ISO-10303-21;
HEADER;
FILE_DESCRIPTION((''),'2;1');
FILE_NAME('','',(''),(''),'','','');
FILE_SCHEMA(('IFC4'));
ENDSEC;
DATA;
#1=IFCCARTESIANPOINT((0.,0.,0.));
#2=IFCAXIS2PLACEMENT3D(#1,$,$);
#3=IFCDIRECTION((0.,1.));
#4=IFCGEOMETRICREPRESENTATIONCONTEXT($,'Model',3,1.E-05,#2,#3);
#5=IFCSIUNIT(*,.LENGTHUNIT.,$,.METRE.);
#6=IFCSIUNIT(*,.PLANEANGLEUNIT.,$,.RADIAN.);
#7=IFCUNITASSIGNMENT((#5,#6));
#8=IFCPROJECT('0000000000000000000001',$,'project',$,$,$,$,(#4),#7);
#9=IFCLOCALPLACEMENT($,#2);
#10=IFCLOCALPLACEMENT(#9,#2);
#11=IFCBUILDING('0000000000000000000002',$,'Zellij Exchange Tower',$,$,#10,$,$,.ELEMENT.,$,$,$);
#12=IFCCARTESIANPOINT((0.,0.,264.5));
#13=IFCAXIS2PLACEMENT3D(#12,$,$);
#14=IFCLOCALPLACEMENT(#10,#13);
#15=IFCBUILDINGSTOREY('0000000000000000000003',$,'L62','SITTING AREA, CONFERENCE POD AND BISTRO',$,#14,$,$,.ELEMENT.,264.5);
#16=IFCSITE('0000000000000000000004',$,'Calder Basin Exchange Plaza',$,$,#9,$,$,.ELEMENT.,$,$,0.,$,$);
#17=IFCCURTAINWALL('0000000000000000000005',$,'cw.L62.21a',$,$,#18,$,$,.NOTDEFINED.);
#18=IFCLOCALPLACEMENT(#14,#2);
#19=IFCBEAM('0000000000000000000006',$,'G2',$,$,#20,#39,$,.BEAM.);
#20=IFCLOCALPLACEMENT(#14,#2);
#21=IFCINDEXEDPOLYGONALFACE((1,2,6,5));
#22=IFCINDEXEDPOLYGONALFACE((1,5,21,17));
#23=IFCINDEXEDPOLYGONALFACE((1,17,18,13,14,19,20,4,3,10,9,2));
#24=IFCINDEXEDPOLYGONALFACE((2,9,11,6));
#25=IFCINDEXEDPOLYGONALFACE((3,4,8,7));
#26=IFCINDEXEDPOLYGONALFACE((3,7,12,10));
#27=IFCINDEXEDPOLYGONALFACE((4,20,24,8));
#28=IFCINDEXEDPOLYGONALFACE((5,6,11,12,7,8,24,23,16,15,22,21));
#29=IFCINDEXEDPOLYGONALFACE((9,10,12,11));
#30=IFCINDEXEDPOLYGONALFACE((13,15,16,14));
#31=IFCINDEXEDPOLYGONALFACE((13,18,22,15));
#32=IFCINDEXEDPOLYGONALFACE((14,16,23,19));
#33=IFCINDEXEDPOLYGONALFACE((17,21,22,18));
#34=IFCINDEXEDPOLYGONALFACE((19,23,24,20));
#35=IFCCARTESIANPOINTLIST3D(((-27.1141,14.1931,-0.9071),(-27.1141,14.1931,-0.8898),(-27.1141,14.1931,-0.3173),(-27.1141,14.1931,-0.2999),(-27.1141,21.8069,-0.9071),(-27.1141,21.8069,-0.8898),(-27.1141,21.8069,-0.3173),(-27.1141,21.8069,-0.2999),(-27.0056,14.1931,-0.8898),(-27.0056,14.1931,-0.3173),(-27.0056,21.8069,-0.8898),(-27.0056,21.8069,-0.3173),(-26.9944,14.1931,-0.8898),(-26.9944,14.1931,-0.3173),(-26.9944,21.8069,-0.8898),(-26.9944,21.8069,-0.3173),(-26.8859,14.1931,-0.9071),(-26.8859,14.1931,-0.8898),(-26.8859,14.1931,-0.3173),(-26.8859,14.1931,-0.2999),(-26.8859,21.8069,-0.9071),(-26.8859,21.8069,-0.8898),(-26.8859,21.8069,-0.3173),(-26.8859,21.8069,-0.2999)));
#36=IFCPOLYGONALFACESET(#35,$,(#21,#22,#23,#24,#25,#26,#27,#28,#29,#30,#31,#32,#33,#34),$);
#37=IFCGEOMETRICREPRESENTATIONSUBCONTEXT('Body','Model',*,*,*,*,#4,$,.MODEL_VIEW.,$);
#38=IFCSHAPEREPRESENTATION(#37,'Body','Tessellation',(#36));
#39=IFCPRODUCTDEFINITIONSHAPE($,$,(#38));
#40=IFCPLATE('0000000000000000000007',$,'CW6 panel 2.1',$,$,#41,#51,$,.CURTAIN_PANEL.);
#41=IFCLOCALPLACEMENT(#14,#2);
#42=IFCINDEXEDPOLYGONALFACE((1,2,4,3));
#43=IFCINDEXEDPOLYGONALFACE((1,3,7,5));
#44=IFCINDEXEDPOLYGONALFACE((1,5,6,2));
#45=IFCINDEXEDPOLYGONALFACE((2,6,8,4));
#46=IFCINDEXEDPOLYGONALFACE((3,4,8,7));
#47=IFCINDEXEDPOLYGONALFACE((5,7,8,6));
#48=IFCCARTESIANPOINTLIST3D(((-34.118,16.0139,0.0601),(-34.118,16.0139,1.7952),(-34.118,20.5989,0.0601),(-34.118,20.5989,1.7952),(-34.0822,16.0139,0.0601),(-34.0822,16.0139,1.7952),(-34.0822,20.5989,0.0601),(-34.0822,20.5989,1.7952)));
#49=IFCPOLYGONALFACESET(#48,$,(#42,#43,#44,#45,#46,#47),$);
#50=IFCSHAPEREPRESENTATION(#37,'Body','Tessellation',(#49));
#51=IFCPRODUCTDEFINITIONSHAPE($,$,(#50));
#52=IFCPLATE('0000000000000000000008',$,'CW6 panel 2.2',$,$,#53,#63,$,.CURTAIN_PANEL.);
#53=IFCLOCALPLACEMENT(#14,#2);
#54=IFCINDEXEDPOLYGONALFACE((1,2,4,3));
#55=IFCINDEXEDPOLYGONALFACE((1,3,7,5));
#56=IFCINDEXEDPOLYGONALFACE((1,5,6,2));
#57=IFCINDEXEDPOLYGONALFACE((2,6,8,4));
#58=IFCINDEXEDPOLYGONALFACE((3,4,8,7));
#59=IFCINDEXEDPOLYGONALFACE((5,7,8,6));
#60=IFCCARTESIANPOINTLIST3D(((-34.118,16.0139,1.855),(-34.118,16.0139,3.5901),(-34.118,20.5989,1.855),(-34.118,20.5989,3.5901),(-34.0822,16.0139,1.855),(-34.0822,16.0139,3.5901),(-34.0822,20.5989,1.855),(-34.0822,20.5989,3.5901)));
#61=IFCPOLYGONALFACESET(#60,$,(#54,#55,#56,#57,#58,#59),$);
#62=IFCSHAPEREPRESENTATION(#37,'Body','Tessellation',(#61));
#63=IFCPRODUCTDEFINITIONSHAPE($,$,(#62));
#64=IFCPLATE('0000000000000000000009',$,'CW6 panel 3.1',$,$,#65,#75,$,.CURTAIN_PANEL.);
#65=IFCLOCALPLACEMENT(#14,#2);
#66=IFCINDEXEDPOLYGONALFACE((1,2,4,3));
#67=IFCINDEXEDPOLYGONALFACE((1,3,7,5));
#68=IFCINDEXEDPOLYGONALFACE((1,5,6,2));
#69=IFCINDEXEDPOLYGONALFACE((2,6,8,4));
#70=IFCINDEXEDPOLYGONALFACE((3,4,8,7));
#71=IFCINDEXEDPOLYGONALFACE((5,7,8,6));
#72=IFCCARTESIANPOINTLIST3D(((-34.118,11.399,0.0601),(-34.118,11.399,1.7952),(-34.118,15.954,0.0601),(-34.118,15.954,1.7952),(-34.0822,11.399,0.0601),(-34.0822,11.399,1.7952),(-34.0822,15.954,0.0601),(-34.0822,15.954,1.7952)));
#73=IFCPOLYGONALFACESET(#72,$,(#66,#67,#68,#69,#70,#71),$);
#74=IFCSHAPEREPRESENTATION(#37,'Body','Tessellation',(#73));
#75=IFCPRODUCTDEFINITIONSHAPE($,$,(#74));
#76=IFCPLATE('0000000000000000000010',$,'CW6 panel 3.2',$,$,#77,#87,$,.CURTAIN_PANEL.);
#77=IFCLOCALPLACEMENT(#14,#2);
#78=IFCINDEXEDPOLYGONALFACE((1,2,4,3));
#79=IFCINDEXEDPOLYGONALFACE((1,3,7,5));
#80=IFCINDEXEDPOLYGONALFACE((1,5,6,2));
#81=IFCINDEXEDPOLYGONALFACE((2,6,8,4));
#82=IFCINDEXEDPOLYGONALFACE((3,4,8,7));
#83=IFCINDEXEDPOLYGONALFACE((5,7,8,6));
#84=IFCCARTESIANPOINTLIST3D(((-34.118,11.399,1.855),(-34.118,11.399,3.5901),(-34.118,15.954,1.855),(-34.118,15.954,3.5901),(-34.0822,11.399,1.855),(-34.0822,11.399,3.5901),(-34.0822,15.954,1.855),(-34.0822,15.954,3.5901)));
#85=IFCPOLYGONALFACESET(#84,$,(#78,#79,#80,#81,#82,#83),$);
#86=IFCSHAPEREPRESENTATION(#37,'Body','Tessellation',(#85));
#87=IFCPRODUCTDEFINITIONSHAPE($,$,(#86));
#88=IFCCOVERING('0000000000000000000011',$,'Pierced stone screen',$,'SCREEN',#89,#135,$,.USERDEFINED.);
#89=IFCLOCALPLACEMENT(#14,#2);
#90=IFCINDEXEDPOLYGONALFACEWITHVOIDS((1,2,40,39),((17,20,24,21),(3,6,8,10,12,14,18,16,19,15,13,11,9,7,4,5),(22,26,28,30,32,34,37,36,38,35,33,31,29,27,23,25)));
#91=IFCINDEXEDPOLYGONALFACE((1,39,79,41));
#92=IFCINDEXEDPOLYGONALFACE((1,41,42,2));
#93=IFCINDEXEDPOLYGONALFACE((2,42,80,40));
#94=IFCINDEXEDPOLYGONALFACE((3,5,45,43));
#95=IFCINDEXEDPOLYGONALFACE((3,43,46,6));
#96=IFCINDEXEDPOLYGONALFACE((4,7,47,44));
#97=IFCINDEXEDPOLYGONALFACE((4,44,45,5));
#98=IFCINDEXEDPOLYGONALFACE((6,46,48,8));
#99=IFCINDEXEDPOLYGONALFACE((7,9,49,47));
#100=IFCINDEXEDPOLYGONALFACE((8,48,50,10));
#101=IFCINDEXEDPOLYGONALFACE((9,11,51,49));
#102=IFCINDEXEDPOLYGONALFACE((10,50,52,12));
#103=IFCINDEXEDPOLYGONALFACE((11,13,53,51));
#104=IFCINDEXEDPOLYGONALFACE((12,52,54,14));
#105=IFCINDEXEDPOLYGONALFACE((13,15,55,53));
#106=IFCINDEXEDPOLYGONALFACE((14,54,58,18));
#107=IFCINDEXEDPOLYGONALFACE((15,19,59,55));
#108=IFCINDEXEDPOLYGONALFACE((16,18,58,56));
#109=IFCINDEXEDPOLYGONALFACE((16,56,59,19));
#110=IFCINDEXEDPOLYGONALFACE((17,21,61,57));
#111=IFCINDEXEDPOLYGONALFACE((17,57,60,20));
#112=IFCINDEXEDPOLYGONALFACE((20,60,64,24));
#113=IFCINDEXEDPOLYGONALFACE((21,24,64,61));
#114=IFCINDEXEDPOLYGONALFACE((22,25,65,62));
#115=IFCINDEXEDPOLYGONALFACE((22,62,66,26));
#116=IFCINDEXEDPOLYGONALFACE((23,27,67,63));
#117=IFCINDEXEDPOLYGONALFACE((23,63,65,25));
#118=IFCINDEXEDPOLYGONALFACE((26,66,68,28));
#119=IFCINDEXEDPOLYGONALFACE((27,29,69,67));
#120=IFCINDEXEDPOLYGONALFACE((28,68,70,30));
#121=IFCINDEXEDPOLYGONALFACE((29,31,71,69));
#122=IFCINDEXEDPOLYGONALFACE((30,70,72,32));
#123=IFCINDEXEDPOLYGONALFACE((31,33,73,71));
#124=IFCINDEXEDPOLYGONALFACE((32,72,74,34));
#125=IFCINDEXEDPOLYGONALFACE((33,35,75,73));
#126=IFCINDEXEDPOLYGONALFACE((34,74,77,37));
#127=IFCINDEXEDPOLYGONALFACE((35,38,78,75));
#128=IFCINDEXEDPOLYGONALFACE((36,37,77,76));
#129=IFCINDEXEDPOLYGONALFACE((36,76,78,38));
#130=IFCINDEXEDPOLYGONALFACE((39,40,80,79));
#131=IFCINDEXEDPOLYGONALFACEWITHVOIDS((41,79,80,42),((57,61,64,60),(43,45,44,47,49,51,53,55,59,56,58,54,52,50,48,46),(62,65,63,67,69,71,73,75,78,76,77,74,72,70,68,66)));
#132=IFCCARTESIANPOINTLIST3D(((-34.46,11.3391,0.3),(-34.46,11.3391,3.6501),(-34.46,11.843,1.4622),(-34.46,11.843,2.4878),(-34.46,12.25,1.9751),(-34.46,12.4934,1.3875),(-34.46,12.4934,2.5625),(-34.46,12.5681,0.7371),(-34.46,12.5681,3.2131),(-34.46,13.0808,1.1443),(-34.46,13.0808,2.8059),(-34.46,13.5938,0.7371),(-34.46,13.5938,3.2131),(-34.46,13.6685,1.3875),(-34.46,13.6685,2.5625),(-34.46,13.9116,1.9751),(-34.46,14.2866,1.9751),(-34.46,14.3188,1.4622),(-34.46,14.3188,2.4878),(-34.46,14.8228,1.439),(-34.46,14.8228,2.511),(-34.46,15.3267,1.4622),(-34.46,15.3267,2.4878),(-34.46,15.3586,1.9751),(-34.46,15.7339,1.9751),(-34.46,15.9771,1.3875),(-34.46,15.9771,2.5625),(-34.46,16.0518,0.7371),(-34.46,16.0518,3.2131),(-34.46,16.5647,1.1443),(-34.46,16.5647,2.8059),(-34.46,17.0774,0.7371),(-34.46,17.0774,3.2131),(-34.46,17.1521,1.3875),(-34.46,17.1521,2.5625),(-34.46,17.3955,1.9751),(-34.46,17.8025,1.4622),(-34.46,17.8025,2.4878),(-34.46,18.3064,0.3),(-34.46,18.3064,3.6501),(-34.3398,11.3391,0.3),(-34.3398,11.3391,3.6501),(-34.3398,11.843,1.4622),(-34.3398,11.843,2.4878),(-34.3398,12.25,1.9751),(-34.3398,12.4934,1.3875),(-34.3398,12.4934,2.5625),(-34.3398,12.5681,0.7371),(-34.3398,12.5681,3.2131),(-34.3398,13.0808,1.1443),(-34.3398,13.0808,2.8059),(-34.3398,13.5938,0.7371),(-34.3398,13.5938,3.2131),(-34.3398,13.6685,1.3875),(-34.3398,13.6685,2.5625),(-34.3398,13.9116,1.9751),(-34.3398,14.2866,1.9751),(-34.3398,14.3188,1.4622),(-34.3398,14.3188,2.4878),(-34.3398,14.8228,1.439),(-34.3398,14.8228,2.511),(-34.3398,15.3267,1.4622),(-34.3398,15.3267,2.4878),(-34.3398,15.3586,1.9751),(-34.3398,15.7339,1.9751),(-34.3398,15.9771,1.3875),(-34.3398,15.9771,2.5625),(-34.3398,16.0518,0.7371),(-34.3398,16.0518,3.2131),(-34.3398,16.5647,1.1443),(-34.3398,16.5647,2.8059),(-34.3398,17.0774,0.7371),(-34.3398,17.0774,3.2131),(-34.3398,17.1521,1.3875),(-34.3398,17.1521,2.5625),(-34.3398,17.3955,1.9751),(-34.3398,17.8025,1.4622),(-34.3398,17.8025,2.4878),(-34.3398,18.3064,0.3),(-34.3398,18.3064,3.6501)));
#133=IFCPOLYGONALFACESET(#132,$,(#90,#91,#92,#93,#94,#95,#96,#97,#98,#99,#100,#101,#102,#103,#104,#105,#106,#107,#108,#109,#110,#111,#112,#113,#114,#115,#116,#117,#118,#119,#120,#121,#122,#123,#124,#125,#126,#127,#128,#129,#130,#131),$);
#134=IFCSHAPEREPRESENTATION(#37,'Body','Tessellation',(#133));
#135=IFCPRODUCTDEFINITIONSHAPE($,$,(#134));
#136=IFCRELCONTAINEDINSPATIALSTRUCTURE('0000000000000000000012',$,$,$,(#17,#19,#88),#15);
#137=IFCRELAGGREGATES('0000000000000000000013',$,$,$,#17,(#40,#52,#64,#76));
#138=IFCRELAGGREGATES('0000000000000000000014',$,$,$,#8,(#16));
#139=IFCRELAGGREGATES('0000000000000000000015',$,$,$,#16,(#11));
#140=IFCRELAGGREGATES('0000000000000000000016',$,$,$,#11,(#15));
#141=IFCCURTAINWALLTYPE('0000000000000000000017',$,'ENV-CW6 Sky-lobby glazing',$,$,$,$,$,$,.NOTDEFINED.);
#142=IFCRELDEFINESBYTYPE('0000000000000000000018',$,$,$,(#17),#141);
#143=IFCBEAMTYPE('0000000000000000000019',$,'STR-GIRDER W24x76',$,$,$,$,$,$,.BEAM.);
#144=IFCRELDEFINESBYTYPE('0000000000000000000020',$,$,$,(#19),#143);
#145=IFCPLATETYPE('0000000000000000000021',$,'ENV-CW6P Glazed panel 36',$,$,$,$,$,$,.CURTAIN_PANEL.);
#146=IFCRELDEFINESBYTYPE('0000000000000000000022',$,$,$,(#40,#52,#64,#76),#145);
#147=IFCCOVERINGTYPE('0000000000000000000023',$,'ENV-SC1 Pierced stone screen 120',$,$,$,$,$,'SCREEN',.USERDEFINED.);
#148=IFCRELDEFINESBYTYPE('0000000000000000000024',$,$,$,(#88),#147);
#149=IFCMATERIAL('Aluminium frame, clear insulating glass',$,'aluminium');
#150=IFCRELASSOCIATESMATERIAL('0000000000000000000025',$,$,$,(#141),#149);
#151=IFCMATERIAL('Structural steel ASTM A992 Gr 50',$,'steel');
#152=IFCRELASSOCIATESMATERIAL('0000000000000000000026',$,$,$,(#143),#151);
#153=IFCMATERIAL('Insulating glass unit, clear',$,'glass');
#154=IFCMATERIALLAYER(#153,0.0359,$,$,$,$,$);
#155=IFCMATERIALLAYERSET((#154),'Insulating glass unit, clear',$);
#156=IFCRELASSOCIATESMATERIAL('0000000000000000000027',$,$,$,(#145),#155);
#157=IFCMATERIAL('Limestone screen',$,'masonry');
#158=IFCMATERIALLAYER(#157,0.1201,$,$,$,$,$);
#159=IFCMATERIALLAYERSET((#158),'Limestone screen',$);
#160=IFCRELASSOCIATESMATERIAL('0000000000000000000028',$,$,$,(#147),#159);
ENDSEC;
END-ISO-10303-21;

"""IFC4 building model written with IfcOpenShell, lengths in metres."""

from ifc_helpers import new_model, si_unit, direction, frame, origin, origin_2d, place, context, subcontext, project, spatial, polyline, rectangle, i_section, outline, extrude, material, layer, layer_set, material_profile, profile_set, type_object, element, aggregate, save


model = new_model("IFC4")

# Units and contexts
model_context = context("Model", 3, precision=1e-05, world=origin(), true_north=direction((0.0, 1.0)))
body_context = subcontext(model_context, "Body", "Model", "MODEL_VIEW")
ifc_project = project(units=[si_unit("LENGTHUNIT", "METRE"), si_unit("PLANEANGLEUNIT", "RADIAN")], contexts=[model_context])

# Site, building, storey
site_placement = place(None, origin())
site = spatial("IfcSite", under=ifc_project, at=site_placement, Name="Calder Basin Exchange Plaza", CompositionType="ELEMENT", RefElevation=0.0)
building_placement = place(site_placement, origin())
building = spatial("IfcBuilding", under=site, at=building_placement, Name="Zellij Exchange Tower", CompositionType="ELEMENT")
storey_placement = place(building_placement, frame((0.0, 0.0, 264.5)))
storey = spatial("IfcBuildingStorey", under=building, at=storey_placement, Name="L62", Description="SITTING AREA, CONFERENCE POD AND BISTRO", CompositionType="ELEMENT", Elevation=264.5)

# Shared definitions
ifc_material_1 = material(Name="Structural steel ASTM A992 Gr 50", Category="steel")

# Curtain wall
ifc_material_2 = material(Name="Aluminium frame, clear insulating glass", Category="aluminium")
curtain_wall_type = type_object("IfcCurtainWallType", Name="ENV-CW6 Sky-lobby glazing", PredefinedType="NOTDEFINED", material=ifc_material_2)
curtain_wall_placement = place(storey_placement, origin())
curtain_wall = element("IfcCurtainWall", 1, at=curtain_wall_placement, inside=storey, type_object=curtain_wall_type, Name="cw.L62.21a", PredefinedType="NOTDEFINED")

# Beam
ifc_material_profile_1 = material_profile(ifc_material_1, i_section(OverallWidth=0.2283, OverallDepth=0.6072, WebThickness=0.0112, FlangeThickness=0.0173, at=origin_2d()), Name="W24x76")
ifc_profile_set_1 = profile_set([ifc_material_profile_1], Name="Structural steel ASTM A992 Gr 50")
beam_type_1 = type_object("IfcBeamType", Name="STR-GIRDER W24x76", PredefinedType="BEAM", material=ifc_profile_set_1)
beam_1_placement = place(storey_placement, frame((-27.0, 14.1931, -0.6035), z_axis=(0.0, 1.0, 0.0), x_axis=(-1.0, 0.0, 0.0)))
element("IfcBeam", 2, at=beam_1_placement, inside=storey, type_object=beam_type_1, Name="G2", PredefinedType="BEAM", context=body_context, shape_type="SweptSolid", body=[
    extrude(i_section(OverallWidth=0.2283, OverallDepth=0.6072, WebThickness=0.0112, FlangeThickness=0.0173, at=origin_2d()), origin(), (0.0, 0.0, 1.0), 7.6138),
])

# Plates
ifc_material_3 = material(Name="Insulating glass unit, clear", Category="glass")
ifc_layer_1 = layer(ifc_material_3, 0.0359)
ifc_layer_set_1 = layer_set([ifc_layer_1], Name="Insulating glass unit, clear")
plate_type = type_object("IfcPlateType", Name="ENV-CW6P Glazed panel 36", PredefinedType="CURTAIN_PANEL", material=ifc_layer_set_1)
plate_1_placement = place(storey_placement, frame((-34.1001, 18.3064, 0.0601), z_axis=(0.0, 0.0, 1.0), x_axis=(0.0, -1.0, 0.0)))
plate_1 = element("IfcPlate", 3, at=plate_1_placement, type_object=plate_type, Name="CW6 panel 2.1", PredefinedType="CURTAIN_PANEL", context=body_context, shape_type="SweptSolid", body=[
    extrude(rectangle(XDim=4.585, YDim=0.0359, at=origin_2d()), origin(), (0.0, 0.0, 1.0), 1.7351),
])
plate_2_placement = place(storey_placement, frame((-34.1001, 18.3064, 1.855), z_axis=(0.0, 0.0, 1.0), x_axis=(0.0, -1.0, 0.0)))
plate_2 = element("IfcPlate", 4, at=plate_2_placement, type_object=plate_type, Name="CW6 panel 2.2", PredefinedType="CURTAIN_PANEL", context=body_context, shape_type="SweptSolid", body=[
    extrude(rectangle(XDim=4.585, YDim=0.0359, at=origin_2d()), origin(), (0.0, 0.0, 1.0), 1.7351),
])
plate_3_placement = place(storey_placement, frame((-34.1001, 13.6765, 0.0601), z_axis=(0.0, 0.0, 1.0), x_axis=(0.0, -1.0, 0.0)))
plate_3 = element("IfcPlate", 5, at=plate_3_placement, type_object=plate_type, Name="CW6 panel 3.1", PredefinedType="CURTAIN_PANEL", context=body_context, shape_type="SweptSolid", body=[
    extrude(rectangle(XDim=4.5549, YDim=0.0359, at=origin_2d()), origin(), (0.0, 0.0, 1.0), 1.7351),
])
plate_4_placement = place(storey_placement, frame((-34.1001, 13.6765, 1.855), z_axis=(0.0, 0.0, 1.0), x_axis=(0.0, -1.0, 0.0)))
plate_4 = element("IfcPlate", 6, at=plate_4_placement, type_object=plate_type, Name="CW6 panel 3.2", PredefinedType="CURTAIN_PANEL", context=body_context, shape_type="SweptSolid", body=[
    extrude(rectangle(XDim=4.5549, YDim=0.0359, at=origin_2d()), origin(), (0.0, 0.0, 1.0), 1.7351),
])
aggregate(curtain_wall, [plate_1, plate_2, plate_3, plate_4])

# Covering
ifc_material_4 = material(Name="Limestone screen", Category="masonry")
ifc_layer_2 = layer(ifc_material_4, 0.1201)
ifc_layer_set_2 = layer_set([ifc_layer_2], Name="Limestone screen")
covering_type = type_object("IfcCoveringType", Name="ENV-SC1 Pierced stone screen 120", ElementType="SCREEN", PredefinedType="USERDEFINED", material=ifc_layer_set_2)
covering_placement = place(storey_placement, frame((-34.3999, 18.3064, 0.3), z_axis=(0.0, 0.0, 1.0), x_axis=(0.0, -1.0, 0.0)))
element("IfcCovering", 7, at=covering_placement, inside=storey, type_object=covering_type, Name="Pierced stone screen", ObjectType="SCREEN", PredefinedType="USERDEFINED", context=body_context, shape_type="SweptSolid", body=[
    extrude(outline(polyline([(0.0, 0.0), (6.9673, 0.0), (6.9673, 3.3501), (0.0, 3.3501), (0.0, 0.0)]), holes=[polyline([(2.9797, 2.1877), (2.3293, 2.2625), (2.2546, 2.9131), (1.7417, 2.5059), (1.229, 2.9131), (1.1543, 2.2625), (0.5039, 2.1877), (0.9109, 1.675), (0.5039, 1.1621), (1.1543, 1.0874), (1.229, 0.437), (1.7417, 0.8442), (2.2546, 0.437), (2.3293, 1.0874), (2.9797, 1.1621), (2.5725, 1.675), (2.9797, 2.1877)]), polyline([(6.4634, 2.1877), (5.813, 2.2625), (5.7383, 2.9131), (5.2256, 2.5059), (4.7126, 2.9131), (4.6379, 2.2625), (3.9875, 2.1877), (4.3948, 1.675), (3.9875, 1.1621), (4.6379, 1.0874), (4.7126, 0.437), (5.2256, 0.8442), (5.7383, 0.437), (5.813, 1.0874), (6.4634, 1.1621), (6.0564, 1.675), (6.4634, 2.1877)]), polyline([(4.0198, 1.675), (3.4836, 2.2109), (2.9478, 1.675), (3.4836, 1.1389), (4.0198, 1.675)])]), frame((0.0, 0.0601, 0.0), z_axis=(0.0, -1.0, 0.0), x_axis=(1.0, 0.0, 0.0)), (0.0, 0.0, 1.0), 0.1201),
])

save(model, "model.ifc")
